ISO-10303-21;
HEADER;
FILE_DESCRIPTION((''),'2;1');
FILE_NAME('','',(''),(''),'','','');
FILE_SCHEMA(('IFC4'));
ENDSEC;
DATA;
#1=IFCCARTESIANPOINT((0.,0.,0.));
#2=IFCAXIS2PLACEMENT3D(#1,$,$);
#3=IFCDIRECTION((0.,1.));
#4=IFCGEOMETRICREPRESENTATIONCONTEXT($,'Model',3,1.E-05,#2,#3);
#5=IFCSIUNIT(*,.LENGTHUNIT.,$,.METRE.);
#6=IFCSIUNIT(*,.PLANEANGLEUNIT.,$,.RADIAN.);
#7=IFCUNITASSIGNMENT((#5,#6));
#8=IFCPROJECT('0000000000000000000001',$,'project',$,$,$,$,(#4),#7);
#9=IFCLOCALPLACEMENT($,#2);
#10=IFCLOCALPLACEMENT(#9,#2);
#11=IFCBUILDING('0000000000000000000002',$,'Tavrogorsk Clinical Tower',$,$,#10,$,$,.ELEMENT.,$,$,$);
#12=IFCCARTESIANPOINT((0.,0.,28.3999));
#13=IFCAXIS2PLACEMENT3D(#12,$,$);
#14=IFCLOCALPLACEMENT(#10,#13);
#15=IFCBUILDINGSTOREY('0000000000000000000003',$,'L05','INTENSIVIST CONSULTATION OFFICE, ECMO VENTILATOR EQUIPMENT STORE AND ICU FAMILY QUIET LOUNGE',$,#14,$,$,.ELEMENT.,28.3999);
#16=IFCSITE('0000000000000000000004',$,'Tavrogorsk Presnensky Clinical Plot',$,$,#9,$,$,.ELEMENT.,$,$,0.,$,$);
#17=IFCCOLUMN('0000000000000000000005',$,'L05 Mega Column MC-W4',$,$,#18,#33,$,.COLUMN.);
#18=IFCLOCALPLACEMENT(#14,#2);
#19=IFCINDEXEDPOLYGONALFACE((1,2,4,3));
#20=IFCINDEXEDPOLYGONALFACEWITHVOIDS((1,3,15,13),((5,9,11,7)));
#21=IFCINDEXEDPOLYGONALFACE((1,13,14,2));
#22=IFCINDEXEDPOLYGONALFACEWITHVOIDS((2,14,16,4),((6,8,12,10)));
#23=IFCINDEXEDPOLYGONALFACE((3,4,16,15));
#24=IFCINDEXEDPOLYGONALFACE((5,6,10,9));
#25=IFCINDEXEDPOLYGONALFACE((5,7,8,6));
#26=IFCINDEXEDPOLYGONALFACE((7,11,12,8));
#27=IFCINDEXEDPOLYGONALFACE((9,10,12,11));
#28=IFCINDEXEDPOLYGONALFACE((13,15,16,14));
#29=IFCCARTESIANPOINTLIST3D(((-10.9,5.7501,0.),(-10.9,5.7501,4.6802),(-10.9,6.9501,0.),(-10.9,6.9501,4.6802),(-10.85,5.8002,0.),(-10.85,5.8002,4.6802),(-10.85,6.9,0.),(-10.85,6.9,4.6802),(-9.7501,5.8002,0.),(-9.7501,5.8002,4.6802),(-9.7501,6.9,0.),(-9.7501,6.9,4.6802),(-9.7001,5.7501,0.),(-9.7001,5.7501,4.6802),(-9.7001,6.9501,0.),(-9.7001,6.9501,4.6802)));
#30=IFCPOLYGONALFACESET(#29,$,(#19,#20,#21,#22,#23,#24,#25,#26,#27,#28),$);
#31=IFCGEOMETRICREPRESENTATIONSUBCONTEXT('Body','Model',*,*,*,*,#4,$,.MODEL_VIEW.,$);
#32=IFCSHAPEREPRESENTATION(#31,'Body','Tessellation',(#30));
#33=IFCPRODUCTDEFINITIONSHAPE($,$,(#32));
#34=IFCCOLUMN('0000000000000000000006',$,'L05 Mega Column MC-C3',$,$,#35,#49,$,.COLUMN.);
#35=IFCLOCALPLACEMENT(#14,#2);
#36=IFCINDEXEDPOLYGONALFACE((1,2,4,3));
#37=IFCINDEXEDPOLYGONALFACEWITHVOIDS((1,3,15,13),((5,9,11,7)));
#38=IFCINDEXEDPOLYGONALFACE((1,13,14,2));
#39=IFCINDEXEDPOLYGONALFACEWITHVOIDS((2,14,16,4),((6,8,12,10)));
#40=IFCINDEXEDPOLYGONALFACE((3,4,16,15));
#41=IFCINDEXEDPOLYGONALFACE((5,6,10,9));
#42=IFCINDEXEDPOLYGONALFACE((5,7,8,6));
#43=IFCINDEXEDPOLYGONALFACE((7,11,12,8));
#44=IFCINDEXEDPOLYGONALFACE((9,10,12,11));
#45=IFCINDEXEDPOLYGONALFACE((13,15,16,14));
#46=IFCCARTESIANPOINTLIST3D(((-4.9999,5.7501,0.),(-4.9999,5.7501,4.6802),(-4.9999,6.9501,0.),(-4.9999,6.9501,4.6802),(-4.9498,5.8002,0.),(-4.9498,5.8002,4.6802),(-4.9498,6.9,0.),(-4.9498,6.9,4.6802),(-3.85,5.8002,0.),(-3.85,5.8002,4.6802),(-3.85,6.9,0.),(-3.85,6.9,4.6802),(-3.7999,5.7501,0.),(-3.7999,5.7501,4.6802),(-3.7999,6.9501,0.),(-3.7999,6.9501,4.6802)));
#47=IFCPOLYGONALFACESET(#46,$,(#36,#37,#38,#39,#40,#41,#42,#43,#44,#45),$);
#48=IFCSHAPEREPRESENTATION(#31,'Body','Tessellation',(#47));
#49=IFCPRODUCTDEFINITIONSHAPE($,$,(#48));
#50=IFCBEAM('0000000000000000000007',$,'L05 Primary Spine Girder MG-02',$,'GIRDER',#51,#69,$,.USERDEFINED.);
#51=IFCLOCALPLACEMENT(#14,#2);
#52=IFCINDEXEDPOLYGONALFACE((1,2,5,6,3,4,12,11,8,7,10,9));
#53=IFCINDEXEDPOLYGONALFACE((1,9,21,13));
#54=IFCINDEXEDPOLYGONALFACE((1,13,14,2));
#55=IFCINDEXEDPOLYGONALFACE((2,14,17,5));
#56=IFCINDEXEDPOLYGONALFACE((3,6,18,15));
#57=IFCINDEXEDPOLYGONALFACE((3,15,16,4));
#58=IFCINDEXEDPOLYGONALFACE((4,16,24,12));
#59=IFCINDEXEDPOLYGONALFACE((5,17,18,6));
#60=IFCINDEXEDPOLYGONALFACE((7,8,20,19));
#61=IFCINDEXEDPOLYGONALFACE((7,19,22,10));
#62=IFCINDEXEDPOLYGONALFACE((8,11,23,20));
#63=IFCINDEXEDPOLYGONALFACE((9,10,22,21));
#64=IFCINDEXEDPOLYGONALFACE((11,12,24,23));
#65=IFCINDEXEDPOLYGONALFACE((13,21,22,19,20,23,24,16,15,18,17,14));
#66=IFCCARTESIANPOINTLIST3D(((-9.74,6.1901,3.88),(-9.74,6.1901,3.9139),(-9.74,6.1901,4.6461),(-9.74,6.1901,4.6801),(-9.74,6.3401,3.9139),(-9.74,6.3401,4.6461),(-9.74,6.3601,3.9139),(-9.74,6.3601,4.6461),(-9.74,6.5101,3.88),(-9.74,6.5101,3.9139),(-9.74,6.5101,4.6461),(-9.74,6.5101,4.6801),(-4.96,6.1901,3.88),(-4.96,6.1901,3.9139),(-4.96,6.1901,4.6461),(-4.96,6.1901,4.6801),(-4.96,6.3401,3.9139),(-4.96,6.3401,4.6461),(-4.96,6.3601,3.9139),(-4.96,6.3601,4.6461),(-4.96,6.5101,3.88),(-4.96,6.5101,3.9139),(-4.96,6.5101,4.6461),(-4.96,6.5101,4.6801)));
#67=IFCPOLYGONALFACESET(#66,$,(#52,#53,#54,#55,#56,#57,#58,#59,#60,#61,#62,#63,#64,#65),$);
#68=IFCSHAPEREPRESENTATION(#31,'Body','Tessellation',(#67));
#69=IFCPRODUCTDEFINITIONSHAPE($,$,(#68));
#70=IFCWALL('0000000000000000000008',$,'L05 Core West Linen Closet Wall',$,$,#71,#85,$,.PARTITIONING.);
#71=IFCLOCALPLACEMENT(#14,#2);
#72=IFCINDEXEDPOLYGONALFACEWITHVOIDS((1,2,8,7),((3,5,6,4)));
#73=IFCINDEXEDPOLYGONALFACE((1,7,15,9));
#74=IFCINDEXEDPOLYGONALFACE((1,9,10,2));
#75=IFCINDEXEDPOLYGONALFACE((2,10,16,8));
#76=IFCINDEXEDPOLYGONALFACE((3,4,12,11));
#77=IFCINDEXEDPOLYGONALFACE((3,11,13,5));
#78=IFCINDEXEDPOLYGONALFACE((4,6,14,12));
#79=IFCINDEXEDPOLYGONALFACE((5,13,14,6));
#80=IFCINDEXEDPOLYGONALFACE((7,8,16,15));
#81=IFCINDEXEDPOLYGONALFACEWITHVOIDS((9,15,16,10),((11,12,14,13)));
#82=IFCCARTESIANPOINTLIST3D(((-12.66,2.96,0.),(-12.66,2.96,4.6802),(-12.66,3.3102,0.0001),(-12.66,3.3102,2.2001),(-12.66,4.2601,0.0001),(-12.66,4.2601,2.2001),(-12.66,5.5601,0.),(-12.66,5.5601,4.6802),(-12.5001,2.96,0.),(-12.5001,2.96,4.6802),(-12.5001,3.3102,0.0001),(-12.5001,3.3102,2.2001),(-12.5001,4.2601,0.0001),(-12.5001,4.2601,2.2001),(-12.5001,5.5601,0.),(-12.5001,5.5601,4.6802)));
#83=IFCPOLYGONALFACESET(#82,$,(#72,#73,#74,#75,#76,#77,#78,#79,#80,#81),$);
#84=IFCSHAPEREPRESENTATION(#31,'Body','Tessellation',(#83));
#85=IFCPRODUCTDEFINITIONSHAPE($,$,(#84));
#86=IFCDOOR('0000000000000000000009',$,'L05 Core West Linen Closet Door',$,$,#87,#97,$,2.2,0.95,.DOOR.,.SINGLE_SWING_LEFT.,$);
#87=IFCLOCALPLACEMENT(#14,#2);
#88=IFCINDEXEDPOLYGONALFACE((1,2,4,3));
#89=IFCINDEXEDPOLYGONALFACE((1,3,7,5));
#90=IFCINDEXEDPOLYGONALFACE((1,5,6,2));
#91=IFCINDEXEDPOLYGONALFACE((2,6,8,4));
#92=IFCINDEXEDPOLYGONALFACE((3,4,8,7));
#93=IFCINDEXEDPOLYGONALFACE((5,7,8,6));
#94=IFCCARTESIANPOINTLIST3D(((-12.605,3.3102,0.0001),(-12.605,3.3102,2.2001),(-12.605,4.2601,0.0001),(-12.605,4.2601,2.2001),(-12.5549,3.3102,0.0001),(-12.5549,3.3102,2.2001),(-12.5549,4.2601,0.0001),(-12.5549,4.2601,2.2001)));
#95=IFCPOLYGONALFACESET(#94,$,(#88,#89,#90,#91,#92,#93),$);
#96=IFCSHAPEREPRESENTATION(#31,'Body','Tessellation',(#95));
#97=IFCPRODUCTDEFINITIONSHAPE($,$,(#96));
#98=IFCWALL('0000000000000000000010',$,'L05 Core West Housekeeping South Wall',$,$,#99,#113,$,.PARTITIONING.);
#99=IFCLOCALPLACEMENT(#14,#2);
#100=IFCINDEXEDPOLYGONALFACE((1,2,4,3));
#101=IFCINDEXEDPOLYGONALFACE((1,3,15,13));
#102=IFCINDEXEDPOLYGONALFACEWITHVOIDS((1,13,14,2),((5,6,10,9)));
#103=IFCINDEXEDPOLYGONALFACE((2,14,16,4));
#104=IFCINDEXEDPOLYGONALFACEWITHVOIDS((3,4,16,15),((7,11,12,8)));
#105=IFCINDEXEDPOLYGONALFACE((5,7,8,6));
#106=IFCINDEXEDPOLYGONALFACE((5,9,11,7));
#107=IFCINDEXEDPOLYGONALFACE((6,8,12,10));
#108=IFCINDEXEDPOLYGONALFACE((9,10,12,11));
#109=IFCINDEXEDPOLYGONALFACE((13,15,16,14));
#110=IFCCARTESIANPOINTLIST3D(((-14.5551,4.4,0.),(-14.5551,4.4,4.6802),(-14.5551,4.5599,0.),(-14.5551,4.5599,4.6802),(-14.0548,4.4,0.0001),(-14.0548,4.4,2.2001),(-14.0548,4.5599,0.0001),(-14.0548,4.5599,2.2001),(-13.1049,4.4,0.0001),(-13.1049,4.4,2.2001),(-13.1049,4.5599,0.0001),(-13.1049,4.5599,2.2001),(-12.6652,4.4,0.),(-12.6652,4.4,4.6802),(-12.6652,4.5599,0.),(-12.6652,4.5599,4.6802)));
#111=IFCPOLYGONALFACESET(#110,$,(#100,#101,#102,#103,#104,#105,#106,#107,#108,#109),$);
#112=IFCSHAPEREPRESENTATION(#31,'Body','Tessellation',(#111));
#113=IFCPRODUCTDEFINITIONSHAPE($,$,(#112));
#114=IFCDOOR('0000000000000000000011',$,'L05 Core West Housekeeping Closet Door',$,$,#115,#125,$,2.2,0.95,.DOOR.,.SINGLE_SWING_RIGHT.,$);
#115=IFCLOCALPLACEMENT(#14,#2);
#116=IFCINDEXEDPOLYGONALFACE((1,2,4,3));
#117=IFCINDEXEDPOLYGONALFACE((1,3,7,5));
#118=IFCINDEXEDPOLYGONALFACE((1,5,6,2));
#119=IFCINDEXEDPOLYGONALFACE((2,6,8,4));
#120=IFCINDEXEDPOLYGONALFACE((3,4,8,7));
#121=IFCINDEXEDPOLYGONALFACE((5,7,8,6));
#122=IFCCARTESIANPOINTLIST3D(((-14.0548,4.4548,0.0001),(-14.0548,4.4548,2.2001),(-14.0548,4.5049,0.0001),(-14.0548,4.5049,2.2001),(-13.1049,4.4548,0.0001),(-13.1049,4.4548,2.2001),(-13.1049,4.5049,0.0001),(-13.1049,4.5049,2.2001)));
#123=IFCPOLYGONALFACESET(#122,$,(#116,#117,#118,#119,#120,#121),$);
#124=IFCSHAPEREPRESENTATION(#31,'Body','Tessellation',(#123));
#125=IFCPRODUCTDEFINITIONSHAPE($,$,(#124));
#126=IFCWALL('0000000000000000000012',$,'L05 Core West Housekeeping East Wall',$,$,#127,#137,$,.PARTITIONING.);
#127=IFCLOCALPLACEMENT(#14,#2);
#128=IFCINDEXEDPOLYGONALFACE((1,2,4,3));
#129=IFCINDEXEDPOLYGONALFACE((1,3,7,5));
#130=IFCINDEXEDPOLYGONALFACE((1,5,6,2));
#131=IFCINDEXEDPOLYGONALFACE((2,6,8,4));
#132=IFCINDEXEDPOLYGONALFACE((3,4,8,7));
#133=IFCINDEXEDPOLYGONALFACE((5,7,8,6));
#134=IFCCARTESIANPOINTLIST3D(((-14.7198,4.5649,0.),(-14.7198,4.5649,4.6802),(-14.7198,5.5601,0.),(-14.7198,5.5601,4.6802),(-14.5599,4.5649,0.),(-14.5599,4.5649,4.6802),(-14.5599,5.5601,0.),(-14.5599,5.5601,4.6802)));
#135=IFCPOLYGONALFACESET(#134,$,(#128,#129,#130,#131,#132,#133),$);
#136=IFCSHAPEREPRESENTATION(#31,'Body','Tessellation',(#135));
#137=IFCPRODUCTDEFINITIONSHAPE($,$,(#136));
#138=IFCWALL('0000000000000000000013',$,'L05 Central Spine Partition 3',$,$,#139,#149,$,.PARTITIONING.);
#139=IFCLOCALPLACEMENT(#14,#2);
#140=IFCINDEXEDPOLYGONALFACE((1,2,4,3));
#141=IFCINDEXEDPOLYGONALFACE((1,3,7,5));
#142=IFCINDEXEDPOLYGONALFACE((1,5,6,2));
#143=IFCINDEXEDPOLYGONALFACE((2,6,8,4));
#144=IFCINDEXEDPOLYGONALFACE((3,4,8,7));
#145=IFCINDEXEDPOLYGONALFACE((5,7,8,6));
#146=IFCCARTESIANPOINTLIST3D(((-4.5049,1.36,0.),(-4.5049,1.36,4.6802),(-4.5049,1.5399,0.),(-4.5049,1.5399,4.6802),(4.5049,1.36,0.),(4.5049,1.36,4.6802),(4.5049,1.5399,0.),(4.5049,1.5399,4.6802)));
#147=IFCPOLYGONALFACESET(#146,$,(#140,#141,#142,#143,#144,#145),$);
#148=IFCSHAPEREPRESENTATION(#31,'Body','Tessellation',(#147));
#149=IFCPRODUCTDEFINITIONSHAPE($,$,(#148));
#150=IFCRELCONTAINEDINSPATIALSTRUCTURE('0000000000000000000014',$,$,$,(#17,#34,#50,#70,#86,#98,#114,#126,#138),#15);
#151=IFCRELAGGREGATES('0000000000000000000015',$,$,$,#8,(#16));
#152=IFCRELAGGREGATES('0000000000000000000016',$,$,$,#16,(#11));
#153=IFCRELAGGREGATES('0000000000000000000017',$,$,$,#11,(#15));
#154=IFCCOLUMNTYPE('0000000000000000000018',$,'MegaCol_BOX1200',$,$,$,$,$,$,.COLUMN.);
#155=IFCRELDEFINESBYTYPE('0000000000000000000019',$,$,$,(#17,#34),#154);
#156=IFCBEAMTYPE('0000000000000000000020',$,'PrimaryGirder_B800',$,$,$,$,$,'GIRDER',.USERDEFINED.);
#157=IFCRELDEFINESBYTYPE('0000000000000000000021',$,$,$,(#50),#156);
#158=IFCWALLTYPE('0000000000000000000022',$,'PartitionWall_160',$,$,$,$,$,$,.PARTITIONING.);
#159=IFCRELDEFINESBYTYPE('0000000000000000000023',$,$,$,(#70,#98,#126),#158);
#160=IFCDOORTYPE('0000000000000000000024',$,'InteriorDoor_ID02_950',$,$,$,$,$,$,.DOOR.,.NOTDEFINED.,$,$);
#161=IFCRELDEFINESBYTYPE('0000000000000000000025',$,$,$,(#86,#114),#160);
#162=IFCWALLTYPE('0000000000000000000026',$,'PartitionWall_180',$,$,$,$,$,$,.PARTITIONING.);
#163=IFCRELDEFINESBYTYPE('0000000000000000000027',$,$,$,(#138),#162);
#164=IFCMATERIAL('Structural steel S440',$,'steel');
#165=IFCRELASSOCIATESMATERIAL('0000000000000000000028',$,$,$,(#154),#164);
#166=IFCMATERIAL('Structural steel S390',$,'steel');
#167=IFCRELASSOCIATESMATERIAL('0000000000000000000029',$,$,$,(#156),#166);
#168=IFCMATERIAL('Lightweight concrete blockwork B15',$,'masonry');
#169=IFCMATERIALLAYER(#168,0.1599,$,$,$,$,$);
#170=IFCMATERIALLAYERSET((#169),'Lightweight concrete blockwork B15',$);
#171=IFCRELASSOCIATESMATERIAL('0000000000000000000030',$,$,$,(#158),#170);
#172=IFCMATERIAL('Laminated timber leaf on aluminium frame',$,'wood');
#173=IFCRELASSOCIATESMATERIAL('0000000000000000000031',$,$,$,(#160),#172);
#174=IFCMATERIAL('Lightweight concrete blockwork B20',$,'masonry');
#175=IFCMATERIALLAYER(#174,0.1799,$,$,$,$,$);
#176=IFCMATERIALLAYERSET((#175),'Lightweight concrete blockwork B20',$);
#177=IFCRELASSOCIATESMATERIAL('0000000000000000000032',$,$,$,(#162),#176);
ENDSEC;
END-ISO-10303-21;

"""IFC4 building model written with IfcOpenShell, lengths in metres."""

from ifc_helpers import new_model, si_unit, direction, frame, frame_2d, origin, origin_2d, place, context, subcontext, project, spatial, rectangle, hollow_rectangle, i_section, extrude, material, layer, layer_set, material_profile, profile_set, type_object, element, fill, save


model = new_model("IFC4")

# Units and contexts
model_context = context("Model", 3, precision=1e-05, world=origin(), true_north=direction((0.0, 1.0)))
body_context = subcontext(model_context, "Body", "Model", "MODEL_VIEW")
ifc_project = project(units=[si_unit("LENGTHUNIT", "METRE"), si_unit("PLANEANGLEUNIT", "RADIAN")], contexts=[model_context])

# Site, building, storey
site_placement = place(None, origin())
site = spatial("IfcSite", under=ifc_project, at=site_placement, Name="Tavrogorsk Presnensky Clinical Plot", CompositionType="ELEMENT", RefElevation=0.0)
building_placement = place(site_placement, origin())
building = spatial("IfcBuilding", under=site, at=building_placement, Name="Tavrogorsk Clinical Tower", CompositionType="ELEMENT")
storey_placement = place(building_placement, frame((0.0, 0.0, 28.3999)))
storey = spatial("IfcBuildingStorey", under=building, at=storey_placement, Name="L05", Description="INTENSIVIST CONSULTATION OFFICE, ECMO VENTILATOR EQUIPMENT STORE AND ICU FAMILY QUIET LOUNGE", CompositionType="ELEMENT", Elevation=28.3999)

# Columns
ifc_material_1 = material(Name="Structural steel S440", Category="steel")
ifc_material_profile_1 = material_profile(ifc_material_1, hollow_rectangle(XDim=1.2, YDim=1.2, WallThickness=0.05, at=origin_2d()), Name="BOX-1200x1200x50")
ifc_profile_set_1 = profile_set([ifc_material_profile_1], Name="Structural steel S440")
column_type = type_object("IfcColumnType", Name="MegaCol_BOX1200", PredefinedType="COLUMN", material=ifc_profile_set_1)
for number, where, z_axis, x_axis, name in (
    (1, (-10.3, 6.3501, 0.0), (0.0, 0.0, 1.0), (1.0, 0.0, 0.0), "L05 Mega Column MC-W4"),
    (2, (-4.3999, 6.3501, 0.0), (0.0, 0.0, 1.0), (1.0, 0.0, 0.0), "L05 Mega Column MC-C3"),
):
    element("IfcColumn", number, at=place(storey_placement, frame(where, z_axis=z_axis, x_axis=x_axis)), inside=storey, type_object=column_type, Name=name, PredefinedType="COLUMN", context=body_context, shape_type="SweptSolid", body=[
        extrude(hollow_rectangle(XDim=1.2, YDim=1.2, WallThickness=0.05, at=origin_2d()), origin(), (0.0, 0.0, 1.0), 4.6802),
    ])

# Beam
ifc_material_2 = material(Name="Structural steel S390", Category="steel")
ifc_material_profile_2 = material_profile(ifc_material_2, i_section(OverallWidth=0.3201, OverallDepth=0.8, WebThickness=0.02, FlangeThickness=0.0339, at=origin_2d()), Name="B-800x320x20x34")
ifc_profile_set_2 = profile_set([ifc_material_profile_2], Name="Structural steel S390")
beam_type = type_object("IfcBeamType", Name="PrimaryGirder_B800", ElementType="GIRDER", PredefinedType="USERDEFINED", material=ifc_profile_set_2)
beam_placement = place(storey_placement, frame((-9.74, 6.3501, 4.28), z_axis=(1.0, 0.0, 0.0), x_axis=(0.0, 1.0, 0.0)))
element("IfcBeam", 3, at=beam_placement, inside=storey, type_object=beam_type, Name="L05 Primary Spine Girder MG-02", ObjectType="GIRDER", PredefinedType="USERDEFINED", context=body_context, shape_type="SweptSolid", body=[
    extrude(i_section(OverallWidth=0.3201, OverallDepth=0.8, WebThickness=0.02, FlangeThickness=0.0339, at=origin_2d()), origin(), (0.0, 0.0, 1.0), 4.78),
])

# Walls, openings, doors
ifc_material_3 = material(Name="Lightweight concrete blockwork B15", Category="masonry")
ifc_layer_1 = layer(ifc_material_3, 0.1599)
ifc_layer_set_1 = layer_set([ifc_layer_1], Name="Lightweight concrete blockwork B15")
wall_type_1 = type_object("IfcWallType", Name="PartitionWall_160", PredefinedType="PARTITIONING", material=ifc_layer_set_1)
wall_1_placement = place(storey_placement, frame((-12.5801, 2.96, 0.0), z_axis=(0.0, 0.0, 1.0), x_axis=(0.0, 1.0, 0.0)))
wall_1 = element("IfcWall", 4, at=wall_1_placement, inside=storey, type_object=wall_type_1, Name="L05 Core West Linen Closet Wall", PredefinedType="PARTITIONING", context=body_context, shape_type="SweptSolid", body=[
    extrude(rectangle(XDim=2.6001, YDim=0.1599, at=frame_2d((1.3, 0.0))), origin(), (0.0, 0.0, 1.0), 4.6802),
])
opening_1_placement = place(wall_1_placement, frame((0.3501, 0.0, 0.0)))
opening_1 = element("IfcOpeningElement", 5, at=opening_1_placement, cuts=wall_1, PredefinedType="OPENING", context=body_context, shape_type="SweptSolid", body=[
    extrude(rectangle(XDim=0.95, YDim=2.2, at=frame_2d((0.4751, 1.1001))), frame((0.0, 0.0898, 0.0), z_axis=(0.0, -1.0, 0.0), x_axis=(1.0, 0.0, 0.0)), (0.0, 0.0, 1.0), 0.1799),
])
ifc_material_4 = material(Name="Laminated timber leaf on aluminium frame", Category="wood")
door_type_1 = type_object("IfcDoorType", Name="InteriorDoor_ID02_950", OperationType="NOTDEFINED", PredefinedType="DOOR", material=ifc_material_4)
door_1_placement = place(opening_1_placement, origin())
door_1 = element("IfcDoor", 6, at=door_1_placement, inside=storey, type_object=door_type_1, Name="L05 Core West Linen Closet Door", OperationType="SINGLE_SWING_LEFT", OverallHeight=2.2, OverallWidth=0.95, PredefinedType="DOOR", context=body_context, shape_type="SweptSolid", body=[
    extrude(rectangle(XDim=0.95, YDim=2.2, at=frame_2d((0.4751, 1.1001))), frame((0.0, 0.0249, 0.0), z_axis=(0.0, -1.0, 0.0), x_axis=(1.0, 0.0, 0.0)), (0.0, 0.0, 1.0), 0.05),
])
fill(opening_1, door_1)
wall_2_placement = place(storey_placement, frame((-14.5549, 4.48, 0.0), z_axis=(0.0, 0.0, 1.0), x_axis=(1.0, 0.0, 0.0)))
wall_2 = element("IfcWall", 7, at=wall_2_placement, inside=storey, type_object=wall_type_1, Name="L05 Core West Housekeeping South Wall", PredefinedType="PARTITIONING", context=body_context, shape_type="SweptSolid", body=[
    extrude(rectangle(XDim=1.8899, YDim=0.1599, at=frame_2d((0.9448, 0.0))), origin(), (0.0, 0.0, 1.0), 4.6802),
])
opening_2_placement = place(wall_2_placement, frame((0.5, 0.0, 0.0)))
opening_2 = element("IfcOpeningElement", 8, at=opening_2_placement, cuts=wall_2, PredefinedType="OPENING", context=body_context, shape_type="SweptSolid", body=[
    extrude(rectangle(XDim=0.95, YDim=2.2, at=frame_2d((0.4751, 1.1001))), frame((0.0, 0.0898, 0.0), z_axis=(0.0, -1.0, 0.0), x_axis=(1.0, 0.0, 0.0)), (0.0, 0.0, 1.0), 0.1799),
])
door_2_placement = place(opening_2_placement, origin())
door_2 = element("IfcDoor", 9, at=door_2_placement, inside=storey, type_object=door_type_1, Name="L05 Core West Housekeeping Closet Door", OperationType="SINGLE_SWING_RIGHT", OverallHeight=2.2, OverallWidth=0.95, PredefinedType="DOOR", context=body_context, shape_type="SweptSolid", body=[
    extrude(rectangle(XDim=0.95, YDim=2.2, at=frame_2d((0.4751, 1.1001))), frame((0.0, 0.0249, 0.0), z_axis=(0.0, -1.0, 0.0), x_axis=(1.0, 0.0, 0.0)), (0.0, 0.0, 1.0), 0.05),
])
fill(opening_2, door_2)

# Walls
wall_3_placement = place(storey_placement, frame((-14.6399, 4.5649, 0.0), z_axis=(0.0, 0.0, 1.0), x_axis=(0.0, 1.0, 0.0)))
element("IfcWall", 10, at=wall_3_placement, inside=storey, type_object=wall_type_1, Name="L05 Core West Housekeeping East Wall", PredefinedType="PARTITIONING", context=body_context, shape_type="SweptSolid", body=[
    extrude(rectangle(XDim=0.9951, YDim=0.1599, at=frame_2d((0.4976, 0.0))), origin(), (0.0, 0.0, 1.0), 4.6802),
])
ifc_material_5 = material(Name="Lightweight concrete blockwork B20", Category="masonry")
ifc_layer_2 = layer(ifc_material_5, 0.1799)
ifc_layer_set_2 = layer_set([ifc_layer_2], Name="Lightweight concrete blockwork B20")
wall_type_2 = type_object("IfcWallType", Name="PartitionWall_180", PredefinedType="PARTITIONING", material=ifc_layer_set_2)
wall_4_placement = place(storey_placement, frame((-4.5049, 1.45, 0.0), z_axis=(0.0, 0.0, 1.0), x_axis=(1.0, 0.0, 0.0)))
element("IfcWall", 11, at=wall_4_placement, inside=storey, type_object=wall_type_2, Name="L05 Central Spine Partition 3", PredefinedType="PARTITIONING", context=body_context, shape_type="SweptSolid", body=[
    extrude(rectangle(XDim=9.0098, YDim=0.1799, at=frame_2d((4.5049, 0.0))), origin(), (0.0, 0.0, 1.0), 4.6802),
])

save(model, "model.ifc")
